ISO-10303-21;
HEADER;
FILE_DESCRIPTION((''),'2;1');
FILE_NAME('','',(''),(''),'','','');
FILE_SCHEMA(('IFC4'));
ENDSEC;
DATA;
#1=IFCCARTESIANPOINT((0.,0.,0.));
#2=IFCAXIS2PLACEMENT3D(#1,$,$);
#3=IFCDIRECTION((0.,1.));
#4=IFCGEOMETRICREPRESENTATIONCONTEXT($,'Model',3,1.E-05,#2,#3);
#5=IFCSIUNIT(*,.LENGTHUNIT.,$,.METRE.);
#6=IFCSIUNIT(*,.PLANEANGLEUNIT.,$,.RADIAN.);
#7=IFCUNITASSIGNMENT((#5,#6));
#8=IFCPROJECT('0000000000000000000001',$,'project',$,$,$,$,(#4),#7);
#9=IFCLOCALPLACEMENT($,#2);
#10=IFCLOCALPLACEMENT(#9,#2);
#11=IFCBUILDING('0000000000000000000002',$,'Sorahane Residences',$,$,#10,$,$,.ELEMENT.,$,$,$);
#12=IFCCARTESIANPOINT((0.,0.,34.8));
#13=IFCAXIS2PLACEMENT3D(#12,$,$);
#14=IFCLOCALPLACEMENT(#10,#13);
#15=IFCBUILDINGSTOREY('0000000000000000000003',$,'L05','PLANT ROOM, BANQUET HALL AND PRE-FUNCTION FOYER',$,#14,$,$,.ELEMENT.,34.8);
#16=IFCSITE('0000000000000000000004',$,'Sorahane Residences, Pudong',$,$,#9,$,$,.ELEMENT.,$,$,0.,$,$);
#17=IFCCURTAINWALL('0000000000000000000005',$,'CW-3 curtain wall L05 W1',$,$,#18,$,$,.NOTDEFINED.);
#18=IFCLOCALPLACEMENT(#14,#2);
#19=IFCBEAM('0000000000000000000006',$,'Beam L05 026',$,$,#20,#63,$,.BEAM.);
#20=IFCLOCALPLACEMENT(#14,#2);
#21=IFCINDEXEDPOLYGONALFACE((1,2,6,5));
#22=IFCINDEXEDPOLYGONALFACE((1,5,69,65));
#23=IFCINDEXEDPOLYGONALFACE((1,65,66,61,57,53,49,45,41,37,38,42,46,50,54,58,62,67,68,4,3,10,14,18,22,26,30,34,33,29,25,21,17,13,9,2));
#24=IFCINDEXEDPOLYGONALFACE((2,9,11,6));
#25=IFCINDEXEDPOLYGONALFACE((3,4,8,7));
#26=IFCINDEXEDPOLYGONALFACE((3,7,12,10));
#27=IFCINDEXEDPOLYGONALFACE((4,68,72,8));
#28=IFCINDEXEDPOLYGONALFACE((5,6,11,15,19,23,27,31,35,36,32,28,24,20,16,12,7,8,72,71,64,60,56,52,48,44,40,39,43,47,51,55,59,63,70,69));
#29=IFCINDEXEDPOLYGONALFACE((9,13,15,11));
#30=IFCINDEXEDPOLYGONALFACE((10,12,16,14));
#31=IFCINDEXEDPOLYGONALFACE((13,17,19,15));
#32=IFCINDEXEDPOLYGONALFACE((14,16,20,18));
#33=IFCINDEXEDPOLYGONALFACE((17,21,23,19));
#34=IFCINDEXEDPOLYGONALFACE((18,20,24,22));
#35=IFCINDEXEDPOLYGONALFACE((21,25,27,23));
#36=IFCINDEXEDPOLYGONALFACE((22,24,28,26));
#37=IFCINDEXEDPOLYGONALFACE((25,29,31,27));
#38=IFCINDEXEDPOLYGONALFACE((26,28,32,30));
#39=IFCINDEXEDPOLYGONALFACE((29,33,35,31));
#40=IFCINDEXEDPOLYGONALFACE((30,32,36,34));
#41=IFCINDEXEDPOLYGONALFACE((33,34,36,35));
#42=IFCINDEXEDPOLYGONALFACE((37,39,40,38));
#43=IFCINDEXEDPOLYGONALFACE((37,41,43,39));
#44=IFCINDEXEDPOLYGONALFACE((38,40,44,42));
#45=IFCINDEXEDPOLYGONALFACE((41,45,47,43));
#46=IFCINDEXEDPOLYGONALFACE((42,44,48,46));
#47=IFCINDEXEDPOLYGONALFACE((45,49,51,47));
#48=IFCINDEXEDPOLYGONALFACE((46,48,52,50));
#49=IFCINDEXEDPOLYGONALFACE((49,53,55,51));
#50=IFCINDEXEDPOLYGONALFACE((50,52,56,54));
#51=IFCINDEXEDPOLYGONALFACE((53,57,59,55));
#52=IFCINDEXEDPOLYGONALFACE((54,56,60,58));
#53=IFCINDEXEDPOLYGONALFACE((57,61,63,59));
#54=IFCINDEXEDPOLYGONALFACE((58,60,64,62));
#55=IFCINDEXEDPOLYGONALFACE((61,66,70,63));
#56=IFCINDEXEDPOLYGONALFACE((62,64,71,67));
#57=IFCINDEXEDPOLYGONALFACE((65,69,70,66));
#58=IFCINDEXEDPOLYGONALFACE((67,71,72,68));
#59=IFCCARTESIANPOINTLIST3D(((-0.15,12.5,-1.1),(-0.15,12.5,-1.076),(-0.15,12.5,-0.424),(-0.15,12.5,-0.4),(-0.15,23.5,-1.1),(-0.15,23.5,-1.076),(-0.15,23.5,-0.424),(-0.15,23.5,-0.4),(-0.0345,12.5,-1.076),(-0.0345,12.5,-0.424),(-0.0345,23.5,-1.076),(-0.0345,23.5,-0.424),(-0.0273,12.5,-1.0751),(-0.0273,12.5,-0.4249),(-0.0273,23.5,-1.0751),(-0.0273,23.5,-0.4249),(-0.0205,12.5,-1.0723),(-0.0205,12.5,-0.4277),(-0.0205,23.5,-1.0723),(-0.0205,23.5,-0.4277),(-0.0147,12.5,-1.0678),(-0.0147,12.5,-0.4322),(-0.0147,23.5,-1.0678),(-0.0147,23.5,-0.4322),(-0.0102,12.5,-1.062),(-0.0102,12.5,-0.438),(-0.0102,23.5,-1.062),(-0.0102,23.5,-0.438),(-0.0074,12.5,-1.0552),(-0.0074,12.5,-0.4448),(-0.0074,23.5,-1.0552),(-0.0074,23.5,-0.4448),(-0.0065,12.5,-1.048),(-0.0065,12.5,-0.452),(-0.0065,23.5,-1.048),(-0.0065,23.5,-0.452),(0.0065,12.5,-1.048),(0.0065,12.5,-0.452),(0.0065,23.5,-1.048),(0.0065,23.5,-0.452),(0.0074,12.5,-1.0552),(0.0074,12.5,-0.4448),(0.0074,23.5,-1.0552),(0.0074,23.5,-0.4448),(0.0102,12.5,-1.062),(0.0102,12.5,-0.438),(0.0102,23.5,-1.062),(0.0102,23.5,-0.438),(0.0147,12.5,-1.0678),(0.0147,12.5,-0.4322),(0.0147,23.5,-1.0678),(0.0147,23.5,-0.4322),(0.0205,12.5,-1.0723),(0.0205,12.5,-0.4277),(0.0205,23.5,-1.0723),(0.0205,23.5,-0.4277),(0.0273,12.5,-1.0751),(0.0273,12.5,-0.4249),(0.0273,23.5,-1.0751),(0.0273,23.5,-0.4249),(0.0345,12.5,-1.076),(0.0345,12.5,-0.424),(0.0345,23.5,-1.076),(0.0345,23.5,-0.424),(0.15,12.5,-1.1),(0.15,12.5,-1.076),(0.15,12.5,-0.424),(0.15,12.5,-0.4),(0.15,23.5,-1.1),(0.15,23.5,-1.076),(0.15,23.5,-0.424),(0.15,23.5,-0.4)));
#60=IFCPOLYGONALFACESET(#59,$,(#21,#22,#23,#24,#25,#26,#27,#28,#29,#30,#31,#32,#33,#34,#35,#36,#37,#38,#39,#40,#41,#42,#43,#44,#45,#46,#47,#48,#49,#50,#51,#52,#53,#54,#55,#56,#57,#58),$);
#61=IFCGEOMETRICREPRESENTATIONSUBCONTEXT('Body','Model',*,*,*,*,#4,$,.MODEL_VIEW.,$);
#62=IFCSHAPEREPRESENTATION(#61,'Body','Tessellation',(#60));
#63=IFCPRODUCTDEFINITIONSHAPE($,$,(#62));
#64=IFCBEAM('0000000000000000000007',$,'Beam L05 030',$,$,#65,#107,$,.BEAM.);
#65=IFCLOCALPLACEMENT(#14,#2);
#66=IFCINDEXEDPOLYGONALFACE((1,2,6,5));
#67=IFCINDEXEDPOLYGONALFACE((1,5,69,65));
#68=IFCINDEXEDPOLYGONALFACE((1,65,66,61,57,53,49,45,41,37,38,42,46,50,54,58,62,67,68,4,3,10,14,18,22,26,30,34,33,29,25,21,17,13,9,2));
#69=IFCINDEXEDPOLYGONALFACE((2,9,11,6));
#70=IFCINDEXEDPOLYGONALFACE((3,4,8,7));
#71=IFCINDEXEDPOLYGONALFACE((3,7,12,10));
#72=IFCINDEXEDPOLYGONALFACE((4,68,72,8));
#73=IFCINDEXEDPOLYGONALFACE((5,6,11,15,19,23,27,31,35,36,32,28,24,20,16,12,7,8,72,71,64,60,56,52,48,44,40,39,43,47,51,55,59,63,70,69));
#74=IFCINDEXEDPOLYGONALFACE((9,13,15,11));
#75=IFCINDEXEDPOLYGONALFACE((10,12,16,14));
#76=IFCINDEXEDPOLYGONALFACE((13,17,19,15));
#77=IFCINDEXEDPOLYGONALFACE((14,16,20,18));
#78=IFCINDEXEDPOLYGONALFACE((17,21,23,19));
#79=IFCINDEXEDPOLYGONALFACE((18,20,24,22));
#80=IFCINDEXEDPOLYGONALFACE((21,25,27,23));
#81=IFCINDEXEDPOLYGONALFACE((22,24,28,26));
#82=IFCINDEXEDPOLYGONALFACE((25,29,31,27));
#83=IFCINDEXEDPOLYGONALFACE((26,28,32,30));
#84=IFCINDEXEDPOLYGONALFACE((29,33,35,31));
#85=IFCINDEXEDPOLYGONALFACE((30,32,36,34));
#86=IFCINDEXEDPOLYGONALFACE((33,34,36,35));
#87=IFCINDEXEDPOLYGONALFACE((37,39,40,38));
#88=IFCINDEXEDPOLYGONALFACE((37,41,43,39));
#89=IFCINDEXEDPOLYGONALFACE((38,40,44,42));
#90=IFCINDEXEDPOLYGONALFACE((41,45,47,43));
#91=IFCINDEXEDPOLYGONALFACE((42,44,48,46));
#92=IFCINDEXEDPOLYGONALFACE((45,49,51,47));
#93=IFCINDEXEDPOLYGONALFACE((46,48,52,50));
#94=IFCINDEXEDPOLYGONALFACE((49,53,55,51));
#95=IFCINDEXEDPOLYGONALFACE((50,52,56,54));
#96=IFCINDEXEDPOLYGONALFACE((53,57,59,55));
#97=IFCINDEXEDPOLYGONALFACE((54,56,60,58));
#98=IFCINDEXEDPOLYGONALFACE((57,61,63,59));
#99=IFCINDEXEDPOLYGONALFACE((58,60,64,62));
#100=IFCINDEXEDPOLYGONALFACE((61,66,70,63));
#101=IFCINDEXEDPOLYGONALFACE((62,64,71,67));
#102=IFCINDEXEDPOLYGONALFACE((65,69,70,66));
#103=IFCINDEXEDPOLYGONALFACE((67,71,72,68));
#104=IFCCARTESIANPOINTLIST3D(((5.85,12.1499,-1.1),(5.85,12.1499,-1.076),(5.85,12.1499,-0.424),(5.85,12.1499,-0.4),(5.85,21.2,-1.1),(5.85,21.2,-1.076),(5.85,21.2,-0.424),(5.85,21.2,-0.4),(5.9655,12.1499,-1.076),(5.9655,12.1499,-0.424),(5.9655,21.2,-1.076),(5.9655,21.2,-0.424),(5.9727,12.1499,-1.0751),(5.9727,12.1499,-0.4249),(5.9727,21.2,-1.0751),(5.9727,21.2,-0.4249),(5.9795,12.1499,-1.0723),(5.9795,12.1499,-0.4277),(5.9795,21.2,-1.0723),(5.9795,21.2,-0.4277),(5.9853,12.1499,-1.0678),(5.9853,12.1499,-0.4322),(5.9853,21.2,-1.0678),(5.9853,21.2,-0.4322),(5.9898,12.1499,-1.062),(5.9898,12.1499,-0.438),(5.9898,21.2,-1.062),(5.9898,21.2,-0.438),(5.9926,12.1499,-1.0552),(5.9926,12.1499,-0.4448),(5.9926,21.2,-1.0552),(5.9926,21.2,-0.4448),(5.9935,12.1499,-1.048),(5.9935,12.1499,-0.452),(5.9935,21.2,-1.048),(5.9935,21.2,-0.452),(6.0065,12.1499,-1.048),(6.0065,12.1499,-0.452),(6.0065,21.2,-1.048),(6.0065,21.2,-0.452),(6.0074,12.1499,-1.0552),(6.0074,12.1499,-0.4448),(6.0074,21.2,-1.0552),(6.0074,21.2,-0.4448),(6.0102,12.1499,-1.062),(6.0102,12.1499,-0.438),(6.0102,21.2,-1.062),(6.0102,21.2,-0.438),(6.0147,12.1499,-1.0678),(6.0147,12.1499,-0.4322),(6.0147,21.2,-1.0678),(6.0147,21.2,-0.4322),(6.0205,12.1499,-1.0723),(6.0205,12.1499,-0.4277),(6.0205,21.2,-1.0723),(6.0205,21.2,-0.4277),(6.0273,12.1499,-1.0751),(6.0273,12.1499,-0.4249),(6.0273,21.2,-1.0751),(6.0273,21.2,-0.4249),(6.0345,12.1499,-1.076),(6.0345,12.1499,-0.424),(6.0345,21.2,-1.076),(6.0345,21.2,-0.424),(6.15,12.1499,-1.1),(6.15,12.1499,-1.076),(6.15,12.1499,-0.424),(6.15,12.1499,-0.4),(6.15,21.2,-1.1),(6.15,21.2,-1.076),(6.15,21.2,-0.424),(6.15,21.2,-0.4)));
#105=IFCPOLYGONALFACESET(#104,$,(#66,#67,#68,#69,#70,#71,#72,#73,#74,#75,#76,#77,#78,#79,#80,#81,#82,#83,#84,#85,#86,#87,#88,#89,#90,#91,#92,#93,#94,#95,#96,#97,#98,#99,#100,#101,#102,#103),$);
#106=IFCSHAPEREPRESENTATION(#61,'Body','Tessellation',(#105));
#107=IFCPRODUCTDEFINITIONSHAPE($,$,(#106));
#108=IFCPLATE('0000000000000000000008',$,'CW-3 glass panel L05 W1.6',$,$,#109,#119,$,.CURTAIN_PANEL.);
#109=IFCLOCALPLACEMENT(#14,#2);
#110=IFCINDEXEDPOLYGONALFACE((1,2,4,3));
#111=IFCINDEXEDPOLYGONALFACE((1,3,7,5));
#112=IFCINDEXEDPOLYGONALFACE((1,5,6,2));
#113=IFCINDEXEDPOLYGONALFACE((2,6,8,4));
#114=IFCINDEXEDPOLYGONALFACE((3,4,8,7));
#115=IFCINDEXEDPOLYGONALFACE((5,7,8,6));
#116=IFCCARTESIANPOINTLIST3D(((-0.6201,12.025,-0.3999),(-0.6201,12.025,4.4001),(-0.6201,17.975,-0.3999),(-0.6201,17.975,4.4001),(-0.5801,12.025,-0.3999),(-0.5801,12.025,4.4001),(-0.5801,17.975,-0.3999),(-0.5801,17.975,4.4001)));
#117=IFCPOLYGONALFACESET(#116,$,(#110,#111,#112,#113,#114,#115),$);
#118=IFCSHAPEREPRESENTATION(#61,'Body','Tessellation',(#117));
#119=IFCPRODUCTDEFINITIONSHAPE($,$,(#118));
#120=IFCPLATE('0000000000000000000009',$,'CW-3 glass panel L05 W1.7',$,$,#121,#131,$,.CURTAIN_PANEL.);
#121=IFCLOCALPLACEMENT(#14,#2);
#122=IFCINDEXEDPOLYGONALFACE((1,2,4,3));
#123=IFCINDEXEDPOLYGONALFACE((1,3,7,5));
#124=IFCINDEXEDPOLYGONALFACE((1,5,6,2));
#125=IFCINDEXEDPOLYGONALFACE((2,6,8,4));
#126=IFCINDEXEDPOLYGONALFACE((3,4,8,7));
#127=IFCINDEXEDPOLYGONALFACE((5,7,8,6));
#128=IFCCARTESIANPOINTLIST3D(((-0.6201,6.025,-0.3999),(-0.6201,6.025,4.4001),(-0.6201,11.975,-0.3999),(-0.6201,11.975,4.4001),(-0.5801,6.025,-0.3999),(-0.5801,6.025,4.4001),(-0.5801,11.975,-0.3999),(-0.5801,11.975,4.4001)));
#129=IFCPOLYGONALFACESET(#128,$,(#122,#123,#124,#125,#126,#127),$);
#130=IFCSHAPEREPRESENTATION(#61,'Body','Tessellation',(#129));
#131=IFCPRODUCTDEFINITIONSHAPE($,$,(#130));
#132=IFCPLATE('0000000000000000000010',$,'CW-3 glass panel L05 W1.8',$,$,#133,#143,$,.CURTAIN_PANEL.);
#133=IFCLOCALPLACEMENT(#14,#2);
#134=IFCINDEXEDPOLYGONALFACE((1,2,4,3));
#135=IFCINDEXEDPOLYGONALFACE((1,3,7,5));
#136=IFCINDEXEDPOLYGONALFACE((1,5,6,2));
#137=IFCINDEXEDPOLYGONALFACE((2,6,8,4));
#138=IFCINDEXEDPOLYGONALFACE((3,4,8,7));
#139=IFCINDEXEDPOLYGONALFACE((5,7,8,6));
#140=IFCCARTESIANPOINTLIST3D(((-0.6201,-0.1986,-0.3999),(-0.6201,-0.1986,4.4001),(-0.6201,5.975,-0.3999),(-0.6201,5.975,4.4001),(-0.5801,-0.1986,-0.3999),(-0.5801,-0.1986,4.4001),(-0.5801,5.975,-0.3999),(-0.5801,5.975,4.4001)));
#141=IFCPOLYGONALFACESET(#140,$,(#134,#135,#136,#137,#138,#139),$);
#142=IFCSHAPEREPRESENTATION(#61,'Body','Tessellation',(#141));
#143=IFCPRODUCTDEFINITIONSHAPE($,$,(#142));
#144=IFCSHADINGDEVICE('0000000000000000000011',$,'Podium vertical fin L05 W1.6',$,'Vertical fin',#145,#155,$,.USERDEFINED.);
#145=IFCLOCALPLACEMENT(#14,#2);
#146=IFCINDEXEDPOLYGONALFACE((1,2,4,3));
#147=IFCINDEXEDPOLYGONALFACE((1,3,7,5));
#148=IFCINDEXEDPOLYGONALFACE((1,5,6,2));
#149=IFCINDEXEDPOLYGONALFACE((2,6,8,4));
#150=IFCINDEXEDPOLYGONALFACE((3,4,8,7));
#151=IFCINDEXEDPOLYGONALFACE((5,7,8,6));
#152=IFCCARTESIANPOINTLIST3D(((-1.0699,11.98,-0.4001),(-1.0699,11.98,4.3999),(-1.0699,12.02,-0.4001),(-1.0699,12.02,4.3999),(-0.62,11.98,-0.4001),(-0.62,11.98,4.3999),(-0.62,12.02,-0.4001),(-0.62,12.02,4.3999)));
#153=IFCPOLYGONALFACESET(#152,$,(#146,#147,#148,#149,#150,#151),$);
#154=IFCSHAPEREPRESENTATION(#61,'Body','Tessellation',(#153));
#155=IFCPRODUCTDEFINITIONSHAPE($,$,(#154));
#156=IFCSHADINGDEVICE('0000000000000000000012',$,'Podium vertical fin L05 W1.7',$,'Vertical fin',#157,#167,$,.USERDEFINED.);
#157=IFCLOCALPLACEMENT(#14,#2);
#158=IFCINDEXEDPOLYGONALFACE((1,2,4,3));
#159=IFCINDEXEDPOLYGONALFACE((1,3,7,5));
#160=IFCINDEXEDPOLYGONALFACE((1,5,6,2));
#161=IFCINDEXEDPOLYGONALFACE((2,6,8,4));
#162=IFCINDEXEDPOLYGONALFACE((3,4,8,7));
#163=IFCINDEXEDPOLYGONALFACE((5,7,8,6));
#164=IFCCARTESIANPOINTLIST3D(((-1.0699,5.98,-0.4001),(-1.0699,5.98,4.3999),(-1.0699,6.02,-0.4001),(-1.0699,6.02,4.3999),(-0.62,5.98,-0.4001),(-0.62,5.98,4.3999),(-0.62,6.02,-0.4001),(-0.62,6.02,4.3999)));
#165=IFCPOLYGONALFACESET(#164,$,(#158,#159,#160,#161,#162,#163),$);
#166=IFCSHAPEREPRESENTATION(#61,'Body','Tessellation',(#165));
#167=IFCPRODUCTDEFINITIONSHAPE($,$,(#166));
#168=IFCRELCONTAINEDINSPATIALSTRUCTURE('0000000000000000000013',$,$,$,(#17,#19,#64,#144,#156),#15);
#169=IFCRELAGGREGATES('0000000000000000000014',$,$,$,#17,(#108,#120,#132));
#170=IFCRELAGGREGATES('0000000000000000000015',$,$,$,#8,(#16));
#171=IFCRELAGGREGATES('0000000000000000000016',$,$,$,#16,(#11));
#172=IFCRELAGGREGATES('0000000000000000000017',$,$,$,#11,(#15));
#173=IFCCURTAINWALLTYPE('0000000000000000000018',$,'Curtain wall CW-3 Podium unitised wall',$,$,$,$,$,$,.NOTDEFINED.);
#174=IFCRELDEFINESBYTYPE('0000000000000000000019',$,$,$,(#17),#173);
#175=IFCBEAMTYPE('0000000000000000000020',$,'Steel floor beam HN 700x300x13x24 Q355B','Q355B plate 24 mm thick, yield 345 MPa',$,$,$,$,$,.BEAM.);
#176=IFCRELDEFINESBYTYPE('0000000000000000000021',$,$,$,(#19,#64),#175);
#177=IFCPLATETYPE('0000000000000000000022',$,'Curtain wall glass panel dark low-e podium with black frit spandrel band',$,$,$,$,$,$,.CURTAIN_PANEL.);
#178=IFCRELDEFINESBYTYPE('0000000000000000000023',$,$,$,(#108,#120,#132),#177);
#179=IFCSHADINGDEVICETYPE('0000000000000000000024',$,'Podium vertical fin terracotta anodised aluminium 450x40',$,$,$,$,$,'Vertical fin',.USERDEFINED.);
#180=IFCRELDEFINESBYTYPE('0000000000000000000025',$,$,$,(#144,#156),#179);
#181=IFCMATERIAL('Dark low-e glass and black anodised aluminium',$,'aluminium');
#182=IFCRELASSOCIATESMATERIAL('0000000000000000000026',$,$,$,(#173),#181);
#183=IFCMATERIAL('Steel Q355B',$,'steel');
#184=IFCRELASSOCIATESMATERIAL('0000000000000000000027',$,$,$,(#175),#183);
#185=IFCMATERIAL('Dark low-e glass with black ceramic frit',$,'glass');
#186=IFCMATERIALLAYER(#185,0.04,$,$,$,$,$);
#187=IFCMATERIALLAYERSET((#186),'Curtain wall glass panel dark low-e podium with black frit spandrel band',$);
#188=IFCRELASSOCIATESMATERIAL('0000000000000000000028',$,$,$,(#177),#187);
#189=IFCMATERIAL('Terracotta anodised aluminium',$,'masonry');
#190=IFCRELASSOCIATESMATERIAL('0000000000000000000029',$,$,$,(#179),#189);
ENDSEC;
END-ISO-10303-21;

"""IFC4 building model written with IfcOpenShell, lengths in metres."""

from ifc_helpers import new_model, si_unit, direction, frame, origin, origin_2d, place, context, subcontext, project, spatial, rectangle, i_section, extrude, material, layer, layer_set, material_profile, profile_set, type_object, element, aggregate, save


model = new_model("IFC4")

# Units and contexts
model_context = context("Model", 3, precision=1e-05, world=origin(), true_north=direction((0.0, 1.0)))
body_context = subcontext(model_context, "Body", "Model", "MODEL_VIEW")
ifc_project = project(units=[si_unit("LENGTHUNIT", "METRE"), si_unit("PLANEANGLEUNIT", "RADIAN")], contexts=[model_context])

# Site, building, storey
site_placement = place(None, origin())
site = spatial("IfcSite", under=ifc_project, at=site_placement, Name="Sorahane Residences, Pudong", CompositionType="ELEMENT", RefElevation=0.0)
building_placement = place(site_placement, origin())
building = spatial("IfcBuilding", under=site, at=building_placement, Name="Sorahane Residences", CompositionType="ELEMENT")
storey_placement = place(building_placement, frame((0.0, 0.0, 34.8)))
storey = spatial("IfcBuildingStorey", under=building, at=storey_placement, Name="L05", Description="PLANT ROOM, BANQUET HALL AND PRE-FUNCTION FOYER", CompositionType="ELEMENT", Elevation=34.8)

# Curtain wall
ifc_material_1 = material(Name="Dark low-e glass and black anodised aluminium", Category="aluminium")
curtain_wall_type = type_object("IfcCurtainWallType", Name="Curtain wall CW-3 Podium unitised wall", PredefinedType="NOTDEFINED", material=ifc_material_1)
curtain_wall_placement = place(storey_placement, origin())
curtain_wall = element("IfcCurtainWall", 1, at=curtain_wall_placement, inside=storey, type_object=curtain_wall_type, Name="CW-3 curtain wall L05 W1", PredefinedType="NOTDEFINED")

# Beams
ifc_material_2 = material(Name="Steel Q355B", Category="steel")
ifc_material_profile_1 = material_profile(ifc_material_2, i_section(OverallWidth=0.3, OverallDepth=0.7, WebThickness=0.0129, FlangeThickness=0.0239, FilletRadius=0.0281, at=origin_2d()), Name="HN 700x300x13x24")
ifc_profile_set_1 = profile_set([ifc_material_profile_1], Name="Steel Q355B")
beam_type_1 = type_object("IfcBeamType", Name="Steel floor beam HN 700x300x13x24 Q355B", Description="Q355B plate 24 mm thick, yield 345 MPa", PredefinedType="BEAM", material=ifc_profile_set_1)
beam_1_placement = place(storey_placement, frame((0.0, 12.5, -0.75), z_axis=(0.0, 1.0, 0.0), x_axis=(-1.0, 0.0, 0.0)))
element("IfcBeam", 2, at=beam_1_placement, inside=storey, type_object=beam_type_1, Name="Beam L05 026", PredefinedType="BEAM", context=body_context, shape_type="SweptSolid", body=[
    extrude(i_section(OverallWidth=0.3, OverallDepth=0.7, WebThickness=0.0129, FlangeThickness=0.0239, FilletRadius=0.0281, at=origin_2d()), origin(), (0.0, 0.0, 1.0), 11.0),
])
beam_2_placement = place(storey_placement, frame((6.0, 12.1499, -0.75), z_axis=(0.0, 1.0, 0.0), x_axis=(-1.0, 0.0, 0.0)))
element("IfcBeam", 3, at=beam_2_placement, inside=storey, type_object=beam_type_1, Name="Beam L05 030", PredefinedType="BEAM", context=body_context, shape_type="SweptSolid", body=[
    extrude(i_section(OverallWidth=0.3, OverallDepth=0.7, WebThickness=0.0129, FlangeThickness=0.0239, FilletRadius=0.0281, at=origin_2d()), origin(), (0.0, 0.0, 1.0), 9.05),
])

# Plates
ifc_material_3 = material(Name="Dark low-e glass with black ceramic frit", Category="glass")
ifc_layer = layer(ifc_material_3, 0.04)
ifc_layer_set = layer_set([ifc_layer], Name="Curtain wall glass panel dark low-e podium with black frit spandrel band")
plate_type = type_object("IfcPlateType", Name="Curtain wall glass panel dark low-e podium with black frit spandrel band", PredefinedType="CURTAIN_PANEL", material=ifc_layer_set)
plate_1_placement = place(storey_placement, frame((-0.6001, 15.0, -0.3999), z_axis=(0.0, 0.0, 1.0), x_axis=(0.0, -1.0, 0.0)))
plate_1 = element("IfcPlate", 4, at=plate_1_placement, type_object=plate_type, Name="CW-3 glass panel L05 W1.6", PredefinedType="CURTAIN_PANEL", context=body_context, shape_type="SweptSolid", body=[
    extrude(rectangle(XDim=5.95, YDim=0.04, at=origin_2d()), origin(), (0.0, 0.0, 1.0), 4.8),
])
plate_2_placement = place(storey_placement, frame((-0.6001, 9.0, -0.3999), z_axis=(0.0, 0.0, 1.0), x_axis=(0.0, -1.0, 0.0)))
plate_2 = element("IfcPlate", 5, at=plate_2_placement, type_object=plate_type, Name="CW-3 glass panel L05 W1.7", PredefinedType="CURTAIN_PANEL", context=body_context, shape_type="SweptSolid", body=[
    extrude(rectangle(XDim=5.95, YDim=0.04, at=origin_2d()), origin(), (0.0, 0.0, 1.0), 4.8),
])
plate_3_placement = place(storey_placement, frame((-0.6001, 2.8882, -0.3999), z_axis=(0.0, 0.0, 1.0), x_axis=(0.0, -1.0, 0.0)))
plate_3 = element("IfcPlate", 6, at=plate_3_placement, type_object=plate_type, Name="CW-3 glass panel L05 W1.8", PredefinedType="CURTAIN_PANEL", context=body_context, shape_type="SweptSolid", body=[
    extrude(rectangle(XDim=6.1736, YDim=0.04, at=origin_2d()), origin(), (0.0, 0.0, 1.0), 4.8),
])
aggregate(curtain_wall, [plate_1, plate_2, plate_3])

# Shading devices
ifc_material_4 = material(Name="Terracotta anodised aluminium", Category="masonry")
ifc_material_profile_2 = material_profile(ifc_material_4, rectangle(XDim=0.45, YDim=0.04, at=origin_2d()), Name="Podium vertical fin terracotta anodised aluminium 450x40")
ifc_profile_set_2 = profile_set([ifc_material_profile_2], Name="Terracotta anodised aluminium")
shading_device_type = type_object("IfcShadingDeviceType", Name="Podium vertical fin terracotta anodised aluminium 450x40", ElementType="Vertical fin", PredefinedType="USERDEFINED", material=ifc_profile_set_2)
for number, where, z_axis, x_axis, name in (
    (7, (-0.845, 12.0, -0.4001), (0.0, 0.0, 1.0), (-1.0, 0.0, 0.0), "Podium vertical fin L05 W1.6"),
    (8, (-0.845, 6.0, -0.4001), (0.0, 0.0, 1.0), (-1.0, 0.0, 0.0), "Podium vertical fin L05 W1.7"),
):
    element("IfcShadingDevice", number, at=place(storey_placement, frame(where, z_axis=z_axis, x_axis=x_axis)), inside=storey, type_object=shading_device_type, Name=name, ObjectType="Vertical fin", PredefinedType="USERDEFINED", context=body_context, shape_type="SweptSolid", body=[
        extrude(rectangle(XDim=0.45, YDim=0.04, at=origin_2d()), origin(), (0.0, 0.0, 1.0), 4.8),
    ])

save(model, "model.ifc")
